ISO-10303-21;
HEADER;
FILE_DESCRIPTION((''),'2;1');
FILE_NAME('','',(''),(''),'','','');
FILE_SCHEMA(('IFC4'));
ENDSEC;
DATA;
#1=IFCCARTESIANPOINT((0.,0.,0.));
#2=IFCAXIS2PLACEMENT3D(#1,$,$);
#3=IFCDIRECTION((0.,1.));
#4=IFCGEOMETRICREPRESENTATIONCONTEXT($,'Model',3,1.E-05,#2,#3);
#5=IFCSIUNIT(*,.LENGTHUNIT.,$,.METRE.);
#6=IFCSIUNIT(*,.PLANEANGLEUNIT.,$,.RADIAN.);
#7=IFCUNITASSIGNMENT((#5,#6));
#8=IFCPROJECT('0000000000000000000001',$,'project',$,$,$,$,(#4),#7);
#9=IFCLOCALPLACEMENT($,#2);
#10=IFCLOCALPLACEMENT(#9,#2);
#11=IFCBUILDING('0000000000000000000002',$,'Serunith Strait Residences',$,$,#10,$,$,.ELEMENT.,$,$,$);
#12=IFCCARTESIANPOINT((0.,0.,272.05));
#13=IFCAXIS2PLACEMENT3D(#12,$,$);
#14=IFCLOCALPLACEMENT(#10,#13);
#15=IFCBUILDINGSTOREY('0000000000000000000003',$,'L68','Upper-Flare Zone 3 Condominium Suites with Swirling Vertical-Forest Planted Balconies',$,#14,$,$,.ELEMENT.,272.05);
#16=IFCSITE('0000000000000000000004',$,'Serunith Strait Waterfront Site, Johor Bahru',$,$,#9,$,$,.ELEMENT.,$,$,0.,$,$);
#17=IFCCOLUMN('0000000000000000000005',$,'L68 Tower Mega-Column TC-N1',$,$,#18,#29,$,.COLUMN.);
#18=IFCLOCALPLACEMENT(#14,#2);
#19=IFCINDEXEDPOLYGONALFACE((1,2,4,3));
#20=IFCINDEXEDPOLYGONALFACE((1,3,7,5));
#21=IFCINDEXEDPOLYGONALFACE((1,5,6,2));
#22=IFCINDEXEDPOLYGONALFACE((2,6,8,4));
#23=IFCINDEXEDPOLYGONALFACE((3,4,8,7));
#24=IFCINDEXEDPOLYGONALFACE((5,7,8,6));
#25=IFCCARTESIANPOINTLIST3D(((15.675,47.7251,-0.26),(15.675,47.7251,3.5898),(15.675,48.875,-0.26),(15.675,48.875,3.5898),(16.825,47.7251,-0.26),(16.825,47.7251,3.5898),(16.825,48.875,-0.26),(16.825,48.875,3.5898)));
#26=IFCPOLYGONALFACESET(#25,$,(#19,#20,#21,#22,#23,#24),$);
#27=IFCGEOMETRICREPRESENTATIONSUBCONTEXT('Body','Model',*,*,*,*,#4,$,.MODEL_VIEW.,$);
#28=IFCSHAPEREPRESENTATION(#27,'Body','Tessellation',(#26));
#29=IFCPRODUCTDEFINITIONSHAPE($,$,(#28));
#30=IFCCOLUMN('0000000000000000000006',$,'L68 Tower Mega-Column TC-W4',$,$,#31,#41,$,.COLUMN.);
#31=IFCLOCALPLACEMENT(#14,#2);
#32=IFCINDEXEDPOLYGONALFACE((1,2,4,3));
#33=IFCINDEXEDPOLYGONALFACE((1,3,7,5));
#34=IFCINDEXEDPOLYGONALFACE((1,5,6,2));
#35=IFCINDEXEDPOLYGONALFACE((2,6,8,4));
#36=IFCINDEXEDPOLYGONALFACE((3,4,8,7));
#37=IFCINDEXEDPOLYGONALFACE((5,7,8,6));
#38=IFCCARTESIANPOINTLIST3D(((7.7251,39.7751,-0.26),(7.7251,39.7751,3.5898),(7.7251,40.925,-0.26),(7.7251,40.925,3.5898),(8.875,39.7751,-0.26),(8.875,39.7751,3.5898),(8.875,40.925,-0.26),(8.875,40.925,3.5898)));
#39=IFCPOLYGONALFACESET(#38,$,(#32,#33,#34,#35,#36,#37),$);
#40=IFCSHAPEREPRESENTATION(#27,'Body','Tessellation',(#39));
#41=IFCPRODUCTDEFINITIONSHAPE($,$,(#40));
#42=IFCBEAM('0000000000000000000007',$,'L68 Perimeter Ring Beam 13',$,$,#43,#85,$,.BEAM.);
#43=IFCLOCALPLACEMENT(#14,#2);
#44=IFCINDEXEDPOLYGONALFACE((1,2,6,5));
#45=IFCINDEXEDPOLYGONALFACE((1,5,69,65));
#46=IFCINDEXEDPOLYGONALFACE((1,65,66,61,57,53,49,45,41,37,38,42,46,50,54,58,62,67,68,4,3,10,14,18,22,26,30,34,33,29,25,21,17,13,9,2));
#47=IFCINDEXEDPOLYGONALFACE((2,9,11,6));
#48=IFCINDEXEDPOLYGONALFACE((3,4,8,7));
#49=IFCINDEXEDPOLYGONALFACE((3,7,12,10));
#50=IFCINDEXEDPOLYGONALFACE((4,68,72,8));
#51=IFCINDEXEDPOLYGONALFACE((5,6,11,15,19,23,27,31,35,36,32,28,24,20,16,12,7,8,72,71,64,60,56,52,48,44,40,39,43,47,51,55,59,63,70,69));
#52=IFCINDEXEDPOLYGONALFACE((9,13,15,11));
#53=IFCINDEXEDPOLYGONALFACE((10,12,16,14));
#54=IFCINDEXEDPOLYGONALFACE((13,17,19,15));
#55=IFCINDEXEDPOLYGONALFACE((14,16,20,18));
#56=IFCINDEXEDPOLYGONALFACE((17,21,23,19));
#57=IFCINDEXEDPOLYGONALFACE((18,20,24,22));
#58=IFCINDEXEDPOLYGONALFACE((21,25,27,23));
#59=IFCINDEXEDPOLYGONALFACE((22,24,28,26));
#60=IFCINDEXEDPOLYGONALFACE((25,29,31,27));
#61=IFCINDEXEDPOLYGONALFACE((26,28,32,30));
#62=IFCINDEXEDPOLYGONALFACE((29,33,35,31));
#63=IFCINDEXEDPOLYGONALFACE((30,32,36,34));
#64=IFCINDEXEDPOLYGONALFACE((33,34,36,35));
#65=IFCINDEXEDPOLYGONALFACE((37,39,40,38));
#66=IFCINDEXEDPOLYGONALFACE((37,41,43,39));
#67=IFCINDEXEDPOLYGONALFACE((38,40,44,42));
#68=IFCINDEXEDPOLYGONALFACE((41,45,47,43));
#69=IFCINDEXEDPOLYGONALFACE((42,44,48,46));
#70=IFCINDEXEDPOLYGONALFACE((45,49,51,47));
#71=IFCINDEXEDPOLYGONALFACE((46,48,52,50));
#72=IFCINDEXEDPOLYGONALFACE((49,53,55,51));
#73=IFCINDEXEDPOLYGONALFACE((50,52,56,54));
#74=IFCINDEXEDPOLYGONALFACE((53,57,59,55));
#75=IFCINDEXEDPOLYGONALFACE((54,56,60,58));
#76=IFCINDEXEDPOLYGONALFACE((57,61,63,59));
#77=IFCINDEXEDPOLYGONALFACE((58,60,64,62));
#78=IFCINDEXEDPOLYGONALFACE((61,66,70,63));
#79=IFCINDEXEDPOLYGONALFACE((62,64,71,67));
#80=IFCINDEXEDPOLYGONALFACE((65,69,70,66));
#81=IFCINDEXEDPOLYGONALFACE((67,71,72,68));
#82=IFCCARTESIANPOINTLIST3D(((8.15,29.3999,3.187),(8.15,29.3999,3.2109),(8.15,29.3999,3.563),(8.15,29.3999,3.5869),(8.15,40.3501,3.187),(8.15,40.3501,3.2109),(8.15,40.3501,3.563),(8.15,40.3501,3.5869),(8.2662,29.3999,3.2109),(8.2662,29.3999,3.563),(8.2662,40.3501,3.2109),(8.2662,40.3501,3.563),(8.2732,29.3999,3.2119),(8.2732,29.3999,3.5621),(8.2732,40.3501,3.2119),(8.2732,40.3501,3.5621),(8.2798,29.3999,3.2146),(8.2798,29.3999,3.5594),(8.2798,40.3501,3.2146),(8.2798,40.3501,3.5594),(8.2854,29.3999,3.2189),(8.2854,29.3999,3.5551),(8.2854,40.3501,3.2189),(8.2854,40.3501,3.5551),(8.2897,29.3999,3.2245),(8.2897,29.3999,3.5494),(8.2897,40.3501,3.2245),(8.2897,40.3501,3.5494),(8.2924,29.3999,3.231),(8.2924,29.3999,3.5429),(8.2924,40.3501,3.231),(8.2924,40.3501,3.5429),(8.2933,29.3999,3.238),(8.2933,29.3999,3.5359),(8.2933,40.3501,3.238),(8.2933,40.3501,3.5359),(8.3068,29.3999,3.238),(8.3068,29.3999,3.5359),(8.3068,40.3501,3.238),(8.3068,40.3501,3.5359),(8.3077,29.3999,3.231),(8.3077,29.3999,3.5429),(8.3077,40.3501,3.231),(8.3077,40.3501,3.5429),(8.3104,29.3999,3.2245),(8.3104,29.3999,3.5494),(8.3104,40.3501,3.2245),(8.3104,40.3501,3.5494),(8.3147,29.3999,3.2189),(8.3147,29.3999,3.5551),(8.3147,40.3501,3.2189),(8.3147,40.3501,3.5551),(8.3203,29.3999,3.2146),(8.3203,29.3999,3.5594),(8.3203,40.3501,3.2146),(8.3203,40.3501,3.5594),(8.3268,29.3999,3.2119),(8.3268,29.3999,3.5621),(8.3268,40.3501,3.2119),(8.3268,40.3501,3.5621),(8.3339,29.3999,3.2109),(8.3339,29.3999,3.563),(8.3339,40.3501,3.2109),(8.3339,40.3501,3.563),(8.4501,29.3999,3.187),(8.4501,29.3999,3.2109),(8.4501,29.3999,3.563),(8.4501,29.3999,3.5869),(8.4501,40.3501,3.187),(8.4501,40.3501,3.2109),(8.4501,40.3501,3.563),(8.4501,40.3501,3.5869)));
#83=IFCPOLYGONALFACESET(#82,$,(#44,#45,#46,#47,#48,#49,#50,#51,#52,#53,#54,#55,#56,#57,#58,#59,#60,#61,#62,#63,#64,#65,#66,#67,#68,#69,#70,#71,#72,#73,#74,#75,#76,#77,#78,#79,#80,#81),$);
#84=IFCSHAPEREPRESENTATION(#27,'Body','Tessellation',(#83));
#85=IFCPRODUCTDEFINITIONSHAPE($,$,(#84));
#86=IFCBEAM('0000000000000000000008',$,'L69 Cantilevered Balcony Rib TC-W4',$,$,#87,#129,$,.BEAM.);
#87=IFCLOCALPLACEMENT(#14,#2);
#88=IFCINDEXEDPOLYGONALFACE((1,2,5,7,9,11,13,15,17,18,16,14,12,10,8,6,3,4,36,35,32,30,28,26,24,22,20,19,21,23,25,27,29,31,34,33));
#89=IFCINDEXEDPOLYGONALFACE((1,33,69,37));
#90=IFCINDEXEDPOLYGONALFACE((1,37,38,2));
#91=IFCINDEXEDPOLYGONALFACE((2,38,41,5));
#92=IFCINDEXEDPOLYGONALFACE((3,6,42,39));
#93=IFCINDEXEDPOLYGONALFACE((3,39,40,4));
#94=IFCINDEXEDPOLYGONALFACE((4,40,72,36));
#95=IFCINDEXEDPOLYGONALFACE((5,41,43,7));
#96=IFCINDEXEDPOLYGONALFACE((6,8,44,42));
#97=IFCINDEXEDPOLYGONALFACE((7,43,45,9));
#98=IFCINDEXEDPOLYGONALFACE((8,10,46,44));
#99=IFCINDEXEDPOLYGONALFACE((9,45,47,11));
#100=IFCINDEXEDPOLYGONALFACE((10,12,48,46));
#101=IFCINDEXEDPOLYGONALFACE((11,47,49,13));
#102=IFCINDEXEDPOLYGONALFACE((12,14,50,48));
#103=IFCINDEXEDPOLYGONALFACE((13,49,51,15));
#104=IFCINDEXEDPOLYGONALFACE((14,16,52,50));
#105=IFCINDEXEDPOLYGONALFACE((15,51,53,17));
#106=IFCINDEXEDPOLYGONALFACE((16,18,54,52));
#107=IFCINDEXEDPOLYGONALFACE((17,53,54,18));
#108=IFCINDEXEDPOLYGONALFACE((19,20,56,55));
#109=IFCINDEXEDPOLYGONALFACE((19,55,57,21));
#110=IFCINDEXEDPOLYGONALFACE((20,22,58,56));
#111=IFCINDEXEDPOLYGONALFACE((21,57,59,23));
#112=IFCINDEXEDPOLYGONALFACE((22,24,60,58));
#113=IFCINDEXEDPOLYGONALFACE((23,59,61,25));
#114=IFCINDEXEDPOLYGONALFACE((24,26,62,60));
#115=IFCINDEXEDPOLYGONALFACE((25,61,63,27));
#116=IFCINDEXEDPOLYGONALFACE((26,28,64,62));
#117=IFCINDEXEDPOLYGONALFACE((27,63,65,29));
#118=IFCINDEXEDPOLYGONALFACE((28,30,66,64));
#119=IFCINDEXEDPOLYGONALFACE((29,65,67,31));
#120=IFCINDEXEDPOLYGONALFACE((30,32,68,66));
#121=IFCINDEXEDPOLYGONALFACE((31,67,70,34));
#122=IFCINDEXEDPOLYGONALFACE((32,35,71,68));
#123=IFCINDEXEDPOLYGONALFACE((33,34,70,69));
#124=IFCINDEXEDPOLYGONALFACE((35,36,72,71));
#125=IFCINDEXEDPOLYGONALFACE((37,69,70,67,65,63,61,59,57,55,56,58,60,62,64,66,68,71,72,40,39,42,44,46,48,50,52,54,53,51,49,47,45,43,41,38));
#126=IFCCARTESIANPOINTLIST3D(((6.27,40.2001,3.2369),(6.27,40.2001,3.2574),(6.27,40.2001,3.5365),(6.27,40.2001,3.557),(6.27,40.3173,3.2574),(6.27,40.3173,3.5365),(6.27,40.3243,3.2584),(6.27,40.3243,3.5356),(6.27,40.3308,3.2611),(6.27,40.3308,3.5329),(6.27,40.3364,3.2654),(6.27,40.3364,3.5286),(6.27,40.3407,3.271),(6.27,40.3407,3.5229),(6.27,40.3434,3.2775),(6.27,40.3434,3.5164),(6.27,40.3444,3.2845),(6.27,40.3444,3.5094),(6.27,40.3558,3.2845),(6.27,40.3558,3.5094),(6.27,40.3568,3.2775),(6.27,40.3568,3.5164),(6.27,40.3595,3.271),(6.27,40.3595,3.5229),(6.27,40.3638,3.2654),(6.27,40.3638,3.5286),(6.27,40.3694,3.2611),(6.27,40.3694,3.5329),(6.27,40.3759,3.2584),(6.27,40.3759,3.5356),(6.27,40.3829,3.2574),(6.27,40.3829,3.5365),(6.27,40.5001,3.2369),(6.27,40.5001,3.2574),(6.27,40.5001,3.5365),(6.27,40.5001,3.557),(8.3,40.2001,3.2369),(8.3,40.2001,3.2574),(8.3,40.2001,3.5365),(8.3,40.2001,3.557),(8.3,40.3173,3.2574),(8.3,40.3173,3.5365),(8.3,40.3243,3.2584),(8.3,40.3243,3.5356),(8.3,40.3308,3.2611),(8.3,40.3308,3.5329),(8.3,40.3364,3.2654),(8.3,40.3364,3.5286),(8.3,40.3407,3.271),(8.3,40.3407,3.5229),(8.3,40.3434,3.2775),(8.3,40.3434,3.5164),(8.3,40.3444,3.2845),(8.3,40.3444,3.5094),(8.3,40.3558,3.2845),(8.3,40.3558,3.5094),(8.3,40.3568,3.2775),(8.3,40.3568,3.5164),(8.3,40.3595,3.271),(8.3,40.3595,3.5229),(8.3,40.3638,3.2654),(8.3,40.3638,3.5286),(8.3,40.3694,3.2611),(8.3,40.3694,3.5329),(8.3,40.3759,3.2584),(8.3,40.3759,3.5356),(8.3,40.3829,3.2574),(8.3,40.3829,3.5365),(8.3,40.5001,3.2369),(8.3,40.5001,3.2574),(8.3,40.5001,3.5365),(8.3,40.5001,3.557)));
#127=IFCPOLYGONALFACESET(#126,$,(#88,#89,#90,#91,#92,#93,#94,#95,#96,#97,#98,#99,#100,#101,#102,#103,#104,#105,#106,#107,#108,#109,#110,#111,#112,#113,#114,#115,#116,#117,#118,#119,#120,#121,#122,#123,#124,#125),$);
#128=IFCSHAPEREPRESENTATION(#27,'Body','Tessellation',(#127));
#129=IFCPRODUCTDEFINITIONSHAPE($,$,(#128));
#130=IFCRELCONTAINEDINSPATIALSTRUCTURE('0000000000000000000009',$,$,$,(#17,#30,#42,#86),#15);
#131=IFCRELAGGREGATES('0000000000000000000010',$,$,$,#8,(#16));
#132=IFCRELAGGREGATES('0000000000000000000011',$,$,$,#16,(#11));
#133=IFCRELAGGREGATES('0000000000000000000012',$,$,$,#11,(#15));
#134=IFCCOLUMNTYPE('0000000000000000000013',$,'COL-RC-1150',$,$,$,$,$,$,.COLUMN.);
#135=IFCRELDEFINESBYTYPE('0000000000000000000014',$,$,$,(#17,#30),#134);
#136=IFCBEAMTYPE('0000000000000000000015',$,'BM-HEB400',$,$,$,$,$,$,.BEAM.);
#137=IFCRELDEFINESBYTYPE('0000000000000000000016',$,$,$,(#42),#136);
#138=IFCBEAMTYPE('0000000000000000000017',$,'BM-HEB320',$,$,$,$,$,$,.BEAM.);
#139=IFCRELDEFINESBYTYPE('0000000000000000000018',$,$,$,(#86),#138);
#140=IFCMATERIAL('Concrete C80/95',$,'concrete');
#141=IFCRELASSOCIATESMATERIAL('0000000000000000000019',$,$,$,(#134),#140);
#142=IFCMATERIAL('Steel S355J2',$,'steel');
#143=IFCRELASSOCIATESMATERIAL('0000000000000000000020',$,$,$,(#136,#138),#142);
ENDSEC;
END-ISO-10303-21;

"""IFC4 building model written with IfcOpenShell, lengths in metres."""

from ifc_helpers import new_model, si_unit, direction, frame, origin, origin_2d, place, context, subcontext, project, spatial, rectangle, i_section, extrude, source, transform, mapped, material, material_profile, profile_set, type_object, element, save


model = new_model("IFC4")

# Units and contexts
model_context = context("Model", 3, precision=1e-05, world=origin(), true_north=direction((0.0, 1.0)))
body_context = subcontext(model_context, "Body", "Model", "MODEL_VIEW")
ifc_project = project(units=[si_unit("LENGTHUNIT", "METRE"), si_unit("PLANEANGLEUNIT", "RADIAN")], contexts=[model_context])

# Site, building, storey
site_placement = place(None, origin())
site = spatial("IfcSite", under=ifc_project, at=site_placement, Name="Serunith Strait Waterfront Site, Johor Bahru", CompositionType="ELEMENT", RefElevation=0.0)
building_placement = place(site_placement, origin())
building = spatial("IfcBuilding", under=site, at=building_placement, Name="Serunith Strait Residences", CompositionType="ELEMENT")
storey_placement = place(building_placement, frame((0.0, 0.0, 272.05)))
storey = spatial("IfcBuildingStorey", under=building, at=storey_placement, Name="L68", Description="Upper-Flare Zone 3 Condominium Suites with Swirling Vertical-Forest Planted Balconies", CompositionType="ELEMENT", Elevation=272.05)

# Columns
ifc_material_1 = material(Name="Concrete C80/95", Category="concrete")
ifc_material_profile_1 = material_profile(ifc_material_1, rectangle(XDim=1.1499, YDim=1.1499, at=origin_2d()), Name="RC 1150x1150")
ifc_profile_set_1 = profile_set([ifc_material_profile_1], Name="Concrete C80/95")
column_type = type_object("IfcColumnType", Name="COL-RC-1150", PredefinedType="COLUMN", material=ifc_profile_set_1)
shared_shape_1 = source(origin(), body_context, "Body", "SweptSolid", [
    extrude(rectangle(XDim=1.1499, YDim=1.1499, at=origin_2d()), origin(), (0.0, 0.0, 1.0), 3.8499),
])
for number, where, z_axis, x_axis, name in (
    (1, (16.25, 48.3, -0.26), (0.0, 0.0, 1.0), (1.0, 0.0, 0.0), "L68 Tower Mega-Column TC-N1"),
    (2, (8.3, 40.3501, -0.26), (0.0, 0.0, 1.0), (1.0, 0.0, 0.0), "L68 Tower Mega-Column TC-W4"),
):
    element("IfcColumn", number, at=place(storey_placement, frame(where, z_axis=z_axis, x_axis=x_axis)), inside=storey, type_object=column_type, Name=name, PredefinedType="COLUMN", context=body_context, shape_type="MappedRepresentation", body=[
        mapped(shared_shape_1, transform((0.0, 0.0, 0.0), scale=1.0)),
    ])

# Beams
ifc_material_2 = material(Name="Steel S355J2", Category="steel")
ifc_material_profile_2 = material_profile(ifc_material_2, i_section(OverallWidth=0.3, OverallDepth=0.3999, WebThickness=0.0134, FlangeThickness=0.0239, FilletRadius=0.0271, at=origin_2d()), Name="HEB 400")
ifc_profile_set_2 = profile_set([ifc_material_profile_2], Name="Steel S355J2")
beam_type_1 = type_object("IfcBeamType", Name="BM-HEB400", PredefinedType="BEAM", material=ifc_profile_set_2)
shared_shape_2 = source(origin(), body_context, "Body", "SweptSolid", [
    extrude(i_section(OverallWidth=0.3, OverallDepth=0.3999, WebThickness=0.0134, FlangeThickness=0.0239, FilletRadius=0.0271, at=origin_2d()), origin(), (0.0, 0.0, 1.0), 10.9502),
])
beam_1_placement = place(storey_placement, frame((8.3, 40.3501, 3.387), z_axis=(0.0, -1.0, 0.0), x_axis=(1.0, 0.0, 0.0)))
element("IfcBeam", 3, at=beam_1_placement, inside=storey, type_object=beam_type_1, Name="L68 Perimeter Ring Beam 13", PredefinedType="BEAM", context=body_context, shape_type="MappedRepresentation", body=[
    mapped(shared_shape_2, transform((0.0, 0.0, 0.0), scale=1.0)),
])
ifc_material_profile_3 = material_profile(ifc_material_2, i_section(OverallWidth=0.3, OverallDepth=0.3201, WebThickness=0.0115, FlangeThickness=0.0205, FilletRadius=0.0271, at=origin_2d()), Name="HEB 320")
ifc_profile_set_3 = profile_set([ifc_material_profile_3], Name="Steel S355J2")
beam_type_2 = type_object("IfcBeamType", Name="BM-HEB320", PredefinedType="BEAM", material=ifc_profile_set_3)
shared_shape_3 = source(origin(), body_context, "Body", "SweptSolid", [
    extrude(i_section(OverallWidth=0.3, OverallDepth=0.3201, WebThickness=0.0115, FlangeThickness=0.0205, FilletRadius=0.0271, at=origin_2d()), origin(), (0.0, 0.0, 1.0), 2.03),
])
beam_2_placement = place(storey_placement, frame((8.3, 40.3501, 3.397), z_axis=(-1.0, 0.0, 0.0), x_axis=(0.0, -1.0, 0.0)))
element("IfcBeam", 4, at=beam_2_placement, inside=storey, type_object=beam_type_2, Name="L69 Cantilevered Balcony Rib TC-W4", PredefinedType="BEAM", context=body_context, shape_type="MappedRepresentation", body=[
    mapped(shared_shape_3, transform((0.0, 0.0, 0.0), scale=1.0)),
])

save(model, "model.ifc")
